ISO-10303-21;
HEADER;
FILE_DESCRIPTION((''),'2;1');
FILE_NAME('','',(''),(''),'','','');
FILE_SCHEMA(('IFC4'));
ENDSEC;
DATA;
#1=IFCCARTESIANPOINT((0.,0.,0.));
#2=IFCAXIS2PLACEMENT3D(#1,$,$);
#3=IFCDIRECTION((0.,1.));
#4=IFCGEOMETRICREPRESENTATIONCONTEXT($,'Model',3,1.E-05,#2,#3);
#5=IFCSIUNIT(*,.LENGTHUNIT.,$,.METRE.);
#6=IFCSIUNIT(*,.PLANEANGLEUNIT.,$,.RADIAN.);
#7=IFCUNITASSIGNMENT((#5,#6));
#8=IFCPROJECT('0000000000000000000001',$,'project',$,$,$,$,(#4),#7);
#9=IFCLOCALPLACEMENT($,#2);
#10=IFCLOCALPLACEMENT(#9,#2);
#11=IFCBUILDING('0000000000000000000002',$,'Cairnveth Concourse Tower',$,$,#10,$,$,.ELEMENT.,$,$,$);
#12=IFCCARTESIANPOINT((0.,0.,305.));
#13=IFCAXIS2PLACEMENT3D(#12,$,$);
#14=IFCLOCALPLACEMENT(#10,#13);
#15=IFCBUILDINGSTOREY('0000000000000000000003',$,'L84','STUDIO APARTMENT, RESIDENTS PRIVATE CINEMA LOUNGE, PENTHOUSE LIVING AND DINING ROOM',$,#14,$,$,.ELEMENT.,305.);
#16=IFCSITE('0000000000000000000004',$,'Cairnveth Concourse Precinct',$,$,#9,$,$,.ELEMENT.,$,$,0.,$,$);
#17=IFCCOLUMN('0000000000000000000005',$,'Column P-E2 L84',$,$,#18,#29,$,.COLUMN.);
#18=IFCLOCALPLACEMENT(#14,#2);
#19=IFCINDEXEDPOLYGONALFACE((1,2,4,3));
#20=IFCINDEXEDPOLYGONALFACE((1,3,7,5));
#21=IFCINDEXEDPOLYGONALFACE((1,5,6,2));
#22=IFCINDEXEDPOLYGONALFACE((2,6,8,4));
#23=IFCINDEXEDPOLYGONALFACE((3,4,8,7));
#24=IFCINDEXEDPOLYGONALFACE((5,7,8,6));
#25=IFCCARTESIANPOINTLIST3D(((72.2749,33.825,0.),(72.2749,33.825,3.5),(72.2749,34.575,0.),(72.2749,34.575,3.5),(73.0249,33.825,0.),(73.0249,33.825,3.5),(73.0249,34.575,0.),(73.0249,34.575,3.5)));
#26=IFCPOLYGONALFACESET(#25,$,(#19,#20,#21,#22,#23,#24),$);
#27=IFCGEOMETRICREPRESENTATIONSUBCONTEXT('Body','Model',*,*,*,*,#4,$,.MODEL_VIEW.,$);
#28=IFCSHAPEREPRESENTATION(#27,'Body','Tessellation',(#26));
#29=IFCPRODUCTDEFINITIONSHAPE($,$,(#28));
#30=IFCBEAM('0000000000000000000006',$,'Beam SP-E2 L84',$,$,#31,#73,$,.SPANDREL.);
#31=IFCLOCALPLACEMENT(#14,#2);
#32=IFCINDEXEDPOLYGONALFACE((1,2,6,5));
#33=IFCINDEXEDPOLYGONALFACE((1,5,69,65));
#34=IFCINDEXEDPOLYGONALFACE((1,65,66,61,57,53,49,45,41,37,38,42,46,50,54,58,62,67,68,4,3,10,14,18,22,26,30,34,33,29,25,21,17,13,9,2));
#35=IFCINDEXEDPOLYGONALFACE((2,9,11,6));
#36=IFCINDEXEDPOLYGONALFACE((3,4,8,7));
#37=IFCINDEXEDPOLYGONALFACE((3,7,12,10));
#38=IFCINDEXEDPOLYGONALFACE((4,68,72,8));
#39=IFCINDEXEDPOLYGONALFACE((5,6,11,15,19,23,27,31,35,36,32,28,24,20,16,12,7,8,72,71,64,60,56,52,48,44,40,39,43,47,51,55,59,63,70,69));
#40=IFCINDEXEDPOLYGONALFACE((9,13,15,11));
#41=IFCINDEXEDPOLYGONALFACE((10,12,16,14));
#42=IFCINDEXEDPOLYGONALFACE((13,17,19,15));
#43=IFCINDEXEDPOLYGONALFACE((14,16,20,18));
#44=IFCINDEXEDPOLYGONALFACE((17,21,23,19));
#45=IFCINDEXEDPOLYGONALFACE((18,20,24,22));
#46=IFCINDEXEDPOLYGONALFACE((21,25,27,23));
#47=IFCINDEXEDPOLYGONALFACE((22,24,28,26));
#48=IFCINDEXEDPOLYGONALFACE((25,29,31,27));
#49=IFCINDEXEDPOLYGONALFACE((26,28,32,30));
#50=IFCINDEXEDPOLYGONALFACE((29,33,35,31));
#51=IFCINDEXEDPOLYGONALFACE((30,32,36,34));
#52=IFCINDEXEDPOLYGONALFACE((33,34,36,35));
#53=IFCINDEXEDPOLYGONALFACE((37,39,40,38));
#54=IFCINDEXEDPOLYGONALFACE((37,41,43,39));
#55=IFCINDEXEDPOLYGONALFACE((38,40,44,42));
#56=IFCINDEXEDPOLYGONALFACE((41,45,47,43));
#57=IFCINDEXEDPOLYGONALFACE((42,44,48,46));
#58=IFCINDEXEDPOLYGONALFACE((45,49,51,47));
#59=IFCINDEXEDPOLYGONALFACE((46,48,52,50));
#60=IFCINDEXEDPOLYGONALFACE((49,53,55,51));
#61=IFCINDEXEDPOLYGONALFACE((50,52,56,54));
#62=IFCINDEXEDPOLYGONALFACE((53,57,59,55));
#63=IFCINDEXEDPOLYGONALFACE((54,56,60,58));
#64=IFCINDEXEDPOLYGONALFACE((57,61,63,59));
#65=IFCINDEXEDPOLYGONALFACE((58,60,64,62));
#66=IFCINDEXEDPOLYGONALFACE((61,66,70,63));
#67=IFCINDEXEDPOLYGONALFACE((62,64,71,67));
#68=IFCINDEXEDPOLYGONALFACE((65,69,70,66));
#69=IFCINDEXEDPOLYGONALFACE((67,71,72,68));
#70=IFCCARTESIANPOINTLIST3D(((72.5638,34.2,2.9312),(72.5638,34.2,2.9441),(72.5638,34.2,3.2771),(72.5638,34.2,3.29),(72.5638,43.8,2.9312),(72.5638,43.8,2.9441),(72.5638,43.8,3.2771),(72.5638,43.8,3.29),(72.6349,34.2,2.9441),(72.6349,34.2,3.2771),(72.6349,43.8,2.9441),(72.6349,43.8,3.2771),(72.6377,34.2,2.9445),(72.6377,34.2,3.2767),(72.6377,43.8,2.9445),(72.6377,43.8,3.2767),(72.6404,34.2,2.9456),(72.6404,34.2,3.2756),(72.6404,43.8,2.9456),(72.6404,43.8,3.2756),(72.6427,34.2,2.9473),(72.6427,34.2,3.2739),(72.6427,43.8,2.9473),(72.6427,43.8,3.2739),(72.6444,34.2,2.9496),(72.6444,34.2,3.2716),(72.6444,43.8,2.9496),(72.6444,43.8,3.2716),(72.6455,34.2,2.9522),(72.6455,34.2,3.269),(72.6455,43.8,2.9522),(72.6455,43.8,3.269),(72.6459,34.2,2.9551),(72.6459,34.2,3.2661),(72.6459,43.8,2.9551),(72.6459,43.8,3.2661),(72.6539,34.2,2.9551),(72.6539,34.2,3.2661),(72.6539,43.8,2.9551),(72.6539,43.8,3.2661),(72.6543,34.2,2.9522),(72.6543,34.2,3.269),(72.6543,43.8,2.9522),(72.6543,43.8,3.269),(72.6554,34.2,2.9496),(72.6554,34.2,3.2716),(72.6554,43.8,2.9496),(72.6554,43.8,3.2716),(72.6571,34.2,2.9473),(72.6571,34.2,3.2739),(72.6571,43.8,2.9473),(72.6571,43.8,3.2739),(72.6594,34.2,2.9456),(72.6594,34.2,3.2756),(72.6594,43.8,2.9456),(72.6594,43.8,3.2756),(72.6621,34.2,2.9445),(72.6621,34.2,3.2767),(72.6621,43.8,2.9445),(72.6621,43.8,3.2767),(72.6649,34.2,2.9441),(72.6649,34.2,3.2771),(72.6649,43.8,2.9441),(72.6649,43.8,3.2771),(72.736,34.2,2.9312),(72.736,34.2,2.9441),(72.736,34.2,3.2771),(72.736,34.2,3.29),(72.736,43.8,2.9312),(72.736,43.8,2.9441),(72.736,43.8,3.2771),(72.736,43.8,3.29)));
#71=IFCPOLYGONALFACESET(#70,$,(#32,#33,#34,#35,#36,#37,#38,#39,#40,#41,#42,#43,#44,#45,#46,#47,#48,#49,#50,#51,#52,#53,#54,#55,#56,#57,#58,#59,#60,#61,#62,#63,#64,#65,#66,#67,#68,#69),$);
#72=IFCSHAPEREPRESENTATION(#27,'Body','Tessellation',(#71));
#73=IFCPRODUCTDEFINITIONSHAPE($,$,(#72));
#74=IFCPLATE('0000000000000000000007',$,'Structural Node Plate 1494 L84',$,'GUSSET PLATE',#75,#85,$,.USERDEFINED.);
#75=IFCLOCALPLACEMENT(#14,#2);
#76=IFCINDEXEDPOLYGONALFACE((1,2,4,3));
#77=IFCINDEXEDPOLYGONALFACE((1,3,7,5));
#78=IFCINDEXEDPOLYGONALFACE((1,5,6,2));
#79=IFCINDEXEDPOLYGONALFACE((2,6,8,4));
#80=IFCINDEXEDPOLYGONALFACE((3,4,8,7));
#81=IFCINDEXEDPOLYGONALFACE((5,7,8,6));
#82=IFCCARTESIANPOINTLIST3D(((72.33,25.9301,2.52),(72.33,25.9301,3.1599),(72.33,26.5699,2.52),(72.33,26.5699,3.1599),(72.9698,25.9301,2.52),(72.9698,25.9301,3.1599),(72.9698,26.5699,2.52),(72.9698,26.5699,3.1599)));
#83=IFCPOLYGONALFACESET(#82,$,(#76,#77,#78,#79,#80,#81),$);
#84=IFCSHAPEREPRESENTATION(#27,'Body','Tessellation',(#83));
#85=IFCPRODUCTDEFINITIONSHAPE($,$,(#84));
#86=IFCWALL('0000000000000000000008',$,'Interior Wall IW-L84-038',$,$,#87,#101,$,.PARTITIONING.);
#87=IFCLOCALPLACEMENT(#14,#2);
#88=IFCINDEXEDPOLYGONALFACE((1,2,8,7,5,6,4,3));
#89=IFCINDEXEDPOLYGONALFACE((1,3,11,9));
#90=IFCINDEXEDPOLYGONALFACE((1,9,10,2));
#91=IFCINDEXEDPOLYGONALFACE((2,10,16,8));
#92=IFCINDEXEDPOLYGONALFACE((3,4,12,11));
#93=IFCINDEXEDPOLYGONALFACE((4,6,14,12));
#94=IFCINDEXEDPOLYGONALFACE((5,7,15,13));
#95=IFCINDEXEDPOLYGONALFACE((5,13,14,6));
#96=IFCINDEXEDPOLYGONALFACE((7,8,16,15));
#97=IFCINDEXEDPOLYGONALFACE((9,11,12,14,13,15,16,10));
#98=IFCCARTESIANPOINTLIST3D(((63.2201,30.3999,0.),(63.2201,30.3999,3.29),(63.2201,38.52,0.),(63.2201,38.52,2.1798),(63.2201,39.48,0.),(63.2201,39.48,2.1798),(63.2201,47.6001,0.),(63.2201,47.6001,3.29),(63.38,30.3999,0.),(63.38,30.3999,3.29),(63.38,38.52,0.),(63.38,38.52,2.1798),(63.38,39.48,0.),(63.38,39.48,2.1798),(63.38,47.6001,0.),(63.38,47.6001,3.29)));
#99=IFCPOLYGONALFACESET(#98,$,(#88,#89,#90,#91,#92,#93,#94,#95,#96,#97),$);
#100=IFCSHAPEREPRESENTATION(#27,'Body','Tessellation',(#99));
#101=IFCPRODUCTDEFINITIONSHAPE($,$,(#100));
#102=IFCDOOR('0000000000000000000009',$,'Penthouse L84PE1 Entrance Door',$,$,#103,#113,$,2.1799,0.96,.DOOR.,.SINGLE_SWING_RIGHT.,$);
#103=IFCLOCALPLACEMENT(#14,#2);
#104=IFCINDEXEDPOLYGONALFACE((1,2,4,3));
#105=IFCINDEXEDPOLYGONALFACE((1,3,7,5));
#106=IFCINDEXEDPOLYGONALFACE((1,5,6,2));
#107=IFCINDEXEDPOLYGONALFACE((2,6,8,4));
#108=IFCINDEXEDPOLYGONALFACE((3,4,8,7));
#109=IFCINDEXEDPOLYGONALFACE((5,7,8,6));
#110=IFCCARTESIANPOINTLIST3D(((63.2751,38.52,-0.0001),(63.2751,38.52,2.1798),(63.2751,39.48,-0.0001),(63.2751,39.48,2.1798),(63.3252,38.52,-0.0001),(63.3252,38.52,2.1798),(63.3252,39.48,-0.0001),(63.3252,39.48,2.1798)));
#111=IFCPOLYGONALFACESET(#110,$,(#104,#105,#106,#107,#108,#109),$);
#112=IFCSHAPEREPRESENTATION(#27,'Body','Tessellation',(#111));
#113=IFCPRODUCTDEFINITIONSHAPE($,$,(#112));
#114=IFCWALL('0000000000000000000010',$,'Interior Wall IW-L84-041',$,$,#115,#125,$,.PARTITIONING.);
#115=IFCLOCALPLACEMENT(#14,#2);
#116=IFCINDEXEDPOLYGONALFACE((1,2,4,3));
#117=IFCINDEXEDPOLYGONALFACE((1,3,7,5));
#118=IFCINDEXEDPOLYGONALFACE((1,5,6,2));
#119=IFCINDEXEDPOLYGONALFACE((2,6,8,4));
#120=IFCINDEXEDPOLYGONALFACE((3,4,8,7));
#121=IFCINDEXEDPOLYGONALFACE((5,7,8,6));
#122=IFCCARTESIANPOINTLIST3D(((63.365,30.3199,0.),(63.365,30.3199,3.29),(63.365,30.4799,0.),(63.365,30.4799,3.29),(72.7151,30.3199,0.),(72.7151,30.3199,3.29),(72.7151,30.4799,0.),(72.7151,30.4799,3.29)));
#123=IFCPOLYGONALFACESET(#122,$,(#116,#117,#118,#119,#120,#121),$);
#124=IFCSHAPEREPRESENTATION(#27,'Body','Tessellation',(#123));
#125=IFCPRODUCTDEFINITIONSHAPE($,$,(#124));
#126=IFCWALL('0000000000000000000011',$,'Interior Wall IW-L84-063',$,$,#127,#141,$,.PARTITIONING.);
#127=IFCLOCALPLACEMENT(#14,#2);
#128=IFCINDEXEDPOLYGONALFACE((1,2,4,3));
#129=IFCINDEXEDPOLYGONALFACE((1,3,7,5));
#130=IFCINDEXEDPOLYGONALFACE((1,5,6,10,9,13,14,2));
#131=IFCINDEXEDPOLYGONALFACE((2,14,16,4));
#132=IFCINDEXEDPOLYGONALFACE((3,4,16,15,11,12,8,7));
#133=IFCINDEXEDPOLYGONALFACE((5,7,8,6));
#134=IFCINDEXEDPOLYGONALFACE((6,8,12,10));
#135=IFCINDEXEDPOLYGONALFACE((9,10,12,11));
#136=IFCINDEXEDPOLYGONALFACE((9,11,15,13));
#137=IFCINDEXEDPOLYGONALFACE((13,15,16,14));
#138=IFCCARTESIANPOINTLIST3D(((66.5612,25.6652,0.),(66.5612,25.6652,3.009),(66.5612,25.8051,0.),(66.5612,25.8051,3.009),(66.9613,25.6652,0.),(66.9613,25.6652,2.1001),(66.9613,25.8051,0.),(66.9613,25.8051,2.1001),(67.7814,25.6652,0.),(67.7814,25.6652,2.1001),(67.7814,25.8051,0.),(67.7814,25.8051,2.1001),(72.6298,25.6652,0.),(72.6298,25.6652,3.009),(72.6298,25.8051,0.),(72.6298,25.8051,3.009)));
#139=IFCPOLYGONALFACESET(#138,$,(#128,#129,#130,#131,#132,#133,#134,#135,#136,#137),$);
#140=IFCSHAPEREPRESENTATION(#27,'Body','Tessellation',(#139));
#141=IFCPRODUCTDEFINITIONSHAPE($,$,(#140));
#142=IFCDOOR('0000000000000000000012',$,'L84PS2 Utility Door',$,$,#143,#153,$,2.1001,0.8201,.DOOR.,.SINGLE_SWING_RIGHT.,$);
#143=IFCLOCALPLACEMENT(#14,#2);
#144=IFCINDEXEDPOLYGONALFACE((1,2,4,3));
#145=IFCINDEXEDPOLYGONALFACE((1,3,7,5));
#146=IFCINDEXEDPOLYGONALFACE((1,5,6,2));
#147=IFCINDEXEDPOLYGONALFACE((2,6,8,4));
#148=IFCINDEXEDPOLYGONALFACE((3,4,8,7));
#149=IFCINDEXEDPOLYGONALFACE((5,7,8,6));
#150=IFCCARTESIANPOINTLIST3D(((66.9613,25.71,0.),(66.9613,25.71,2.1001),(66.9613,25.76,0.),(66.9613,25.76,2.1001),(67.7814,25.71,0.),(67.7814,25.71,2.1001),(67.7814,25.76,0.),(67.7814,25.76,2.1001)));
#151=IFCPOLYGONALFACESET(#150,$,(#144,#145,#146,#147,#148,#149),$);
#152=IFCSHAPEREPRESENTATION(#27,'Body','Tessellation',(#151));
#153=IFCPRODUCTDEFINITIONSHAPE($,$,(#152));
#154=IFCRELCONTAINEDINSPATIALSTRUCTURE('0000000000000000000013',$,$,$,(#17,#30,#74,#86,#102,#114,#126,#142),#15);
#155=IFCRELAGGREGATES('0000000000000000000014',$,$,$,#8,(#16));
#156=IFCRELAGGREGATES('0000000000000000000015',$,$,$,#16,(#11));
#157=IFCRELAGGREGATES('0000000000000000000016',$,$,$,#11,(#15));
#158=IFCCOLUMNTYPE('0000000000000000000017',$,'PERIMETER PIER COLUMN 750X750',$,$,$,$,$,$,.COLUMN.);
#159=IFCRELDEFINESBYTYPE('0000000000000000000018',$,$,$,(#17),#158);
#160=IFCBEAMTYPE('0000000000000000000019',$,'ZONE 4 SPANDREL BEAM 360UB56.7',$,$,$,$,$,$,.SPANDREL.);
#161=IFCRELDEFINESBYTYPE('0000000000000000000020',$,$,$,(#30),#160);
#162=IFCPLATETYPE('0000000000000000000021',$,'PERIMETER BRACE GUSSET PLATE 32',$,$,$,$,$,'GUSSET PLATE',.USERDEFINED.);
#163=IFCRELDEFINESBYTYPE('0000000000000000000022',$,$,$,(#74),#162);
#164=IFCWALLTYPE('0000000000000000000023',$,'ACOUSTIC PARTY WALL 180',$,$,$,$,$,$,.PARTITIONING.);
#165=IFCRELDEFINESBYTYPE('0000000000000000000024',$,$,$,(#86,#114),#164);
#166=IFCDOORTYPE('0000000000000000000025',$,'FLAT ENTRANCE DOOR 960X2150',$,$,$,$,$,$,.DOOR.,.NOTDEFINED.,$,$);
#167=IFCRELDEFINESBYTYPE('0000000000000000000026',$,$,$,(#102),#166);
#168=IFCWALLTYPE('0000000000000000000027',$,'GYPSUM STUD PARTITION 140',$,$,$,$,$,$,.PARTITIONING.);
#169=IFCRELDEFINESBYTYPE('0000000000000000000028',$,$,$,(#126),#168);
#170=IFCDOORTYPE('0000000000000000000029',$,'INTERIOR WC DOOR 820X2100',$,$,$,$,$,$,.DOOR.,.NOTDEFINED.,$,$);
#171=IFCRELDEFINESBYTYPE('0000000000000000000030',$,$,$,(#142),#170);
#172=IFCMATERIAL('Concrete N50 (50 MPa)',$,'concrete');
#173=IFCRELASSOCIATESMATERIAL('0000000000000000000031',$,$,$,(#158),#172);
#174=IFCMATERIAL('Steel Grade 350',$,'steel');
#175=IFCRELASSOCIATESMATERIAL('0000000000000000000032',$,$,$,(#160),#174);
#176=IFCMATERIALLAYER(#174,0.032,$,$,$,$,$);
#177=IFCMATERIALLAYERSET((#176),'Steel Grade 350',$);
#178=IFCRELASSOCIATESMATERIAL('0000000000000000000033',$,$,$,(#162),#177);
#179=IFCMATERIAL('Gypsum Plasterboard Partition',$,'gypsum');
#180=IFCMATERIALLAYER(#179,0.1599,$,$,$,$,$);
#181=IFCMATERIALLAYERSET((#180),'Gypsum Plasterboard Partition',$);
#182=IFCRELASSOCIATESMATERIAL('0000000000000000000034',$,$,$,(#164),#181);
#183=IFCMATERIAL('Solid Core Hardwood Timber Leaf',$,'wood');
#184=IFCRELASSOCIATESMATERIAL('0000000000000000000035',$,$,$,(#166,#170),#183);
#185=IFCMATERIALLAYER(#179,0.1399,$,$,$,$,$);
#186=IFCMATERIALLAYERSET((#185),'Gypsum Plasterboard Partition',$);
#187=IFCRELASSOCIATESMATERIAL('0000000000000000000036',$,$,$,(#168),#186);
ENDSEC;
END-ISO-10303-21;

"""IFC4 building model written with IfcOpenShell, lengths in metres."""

from ifc_helpers import new_model, si_unit, direction, frame, frame_2d, origin, origin_2d, place, context, subcontext, project, spatial, rectangle, i_section, extrude, material, layer, layer_set, material_profile, profile_set, type_object, element, fill, save


model = new_model("IFC4")

# Units and contexts
model_context = context("Model", 3, precision=1e-05, world=origin(), true_north=direction((0.0, 1.0)))
body_context = subcontext(model_context, "Body", "Model", "MODEL_VIEW")
ifc_project = project(units=[si_unit("LENGTHUNIT", "METRE"), si_unit("PLANEANGLEUNIT", "RADIAN")], contexts=[model_context])

# Site, building, storey
site_placement = place(None, origin())
site = spatial("IfcSite", under=ifc_project, at=site_placement, Name="Cairnveth Concourse Precinct", CompositionType="ELEMENT", RefElevation=0.0)
building_placement = place(site_placement, origin())
building = spatial("IfcBuilding", under=site, at=building_placement, Name="Cairnveth Concourse Tower", CompositionType="ELEMENT")
storey_placement = place(building_placement, frame((0.0, 0.0, 305.0)))
storey = spatial("IfcBuildingStorey", under=building, at=storey_placement, Name="L84", Description="STUDIO APARTMENT, RESIDENTS PRIVATE CINEMA LOUNGE, PENTHOUSE LIVING AND DINING ROOM", CompositionType="ELEMENT", Elevation=305.0)

# Column
ifc_material_1 = material(Name="Concrete N50 (50 MPa)", Category="concrete")
ifc_material_profile_1 = material_profile(ifc_material_1, rectangle(XDim=0.75, YDim=0.75, at=origin_2d()), Name="RC-COL-750x750")
ifc_profile_set_1 = profile_set([ifc_material_profile_1], Name="Concrete N50 (50 MPa)")
column_type = type_object("IfcColumnType", Name="PERIMETER PIER COLUMN 750X750", PredefinedType="COLUMN", material=ifc_profile_set_1)
column_placement = place(storey_placement, frame((72.6499, 34.2, 0.0), z_axis=(0.0, 0.0, 1.0), x_axis=(0.0, 1.0, 0.0)))
element("IfcColumn", 1, at=column_placement, inside=storey, type_object=column_type, Name="Column P-E2 L84", PredefinedType="COLUMN", context=body_context, shape_type="SweptSolid", body=[
    extrude(rectangle(XDim=0.75, YDim=0.75, at=origin_2d()), origin(), (0.0, 0.0, 1.0), 3.5),
])

# Beam
ifc_material_2 = material(Name="Steel Grade 350", Category="steel")
ifc_material_profile_2 = material_profile(ifc_material_2, i_section(OverallWidth=0.1721, OverallDepth=0.3589, WebThickness=0.0081, FlangeThickness=0.0129, FilletRadius=0.011, at=origin_2d()), Name="360UB56.7")
ifc_profile_set_2 = profile_set([ifc_material_profile_2], Name="Steel Grade 350")
beam_type = type_object("IfcBeamType", Name="ZONE 4 SPANDREL BEAM 360UB56.7", PredefinedType="SPANDREL", material=ifc_profile_set_2)
beam_placement = place(storey_placement, frame((72.6499, 34.2, 3.1106), z_axis=(0.0, 1.0, 0.0), x_axis=(-1.0, 0.0, 0.0)))
element("IfcBeam", 2, at=beam_placement, inside=storey, type_object=beam_type, Name="Beam SP-E2 L84", PredefinedType="SPANDREL", context=body_context, shape_type="SweptSolid", body=[
    extrude(i_section(OverallWidth=0.1721, OverallDepth=0.3589, WebThickness=0.0081, FlangeThickness=0.0129, FilletRadius=0.011, at=origin_2d()), origin(), (0.0, 0.0, 1.0), 9.6001),
])

# Plate
ifc_layer_1 = layer(ifc_material_2, 0.032)
ifc_layer_set_1 = layer_set([ifc_layer_1], Name="Steel Grade 350")
plate_type = type_object("IfcPlateType", Name="PERIMETER BRACE GUSSET PLATE 32", ElementType="GUSSET PLATE", PredefinedType="USERDEFINED", material=ifc_layer_set_1)
plate_placement = place(storey_placement, frame((72.6499, 26.25, 2.52), z_axis=(0.0, 0.0, 1.0), x_axis=(1.0, 0.0, 0.0)))
element("IfcPlate", 3, at=plate_placement, inside=storey, type_object=plate_type, Name="Structural Node Plate 1494 L84", ObjectType="GUSSET PLATE", PredefinedType="USERDEFINED", context=body_context, shape_type="SweptSolid", body=[
    extrude(rectangle(XDim=0.6399, YDim=0.6399, at=origin_2d()), origin(), (0.0, 0.0, 1.0), 0.6399),
])

# Wall, opening, door
ifc_material_3 = material(Name="Gypsum Plasterboard Partition", Category="gypsum")
ifc_layer_2 = layer(ifc_material_3, 0.1599)
ifc_layer_set_2 = layer_set([ifc_layer_2], Name="Gypsum Plasterboard Partition")
wall_type_1 = type_object("IfcWallType", Name="ACOUSTIC PARTY WALL 180", PredefinedType="PARTITIONING", material=ifc_layer_set_2)
wall_1_placement = place(storey_placement, frame((63.3, 30.3999, 0.0), z_axis=(0.0, 0.0, 1.0), x_axis=(0.0, 1.0, 0.0)))
wall_1 = element("IfcWall", 4, at=wall_1_placement, inside=storey, type_object=wall_type_1, Name="Interior Wall IW-L84-038", PredefinedType="PARTITIONING", context=body_context, shape_type="SweptSolid", body=[
    extrude(rectangle(XDim=17.2002, YDim=0.1599, at=frame_2d((8.6001, 0.0))), origin(), (0.0, 0.0, 1.0), 3.29),
])
opening_1_placement = place(wall_1_placement, frame((8.1201, 0.0, 0.0)))
opening_1 = element("IfcOpeningElement", 5, at=opening_1_placement, cuts=wall_1, PredefinedType="OPENING", context=body_context, shape_type="SweptSolid", body=[
    extrude(rectangle(XDim=0.96, YDim=2.1799, at=frame_2d((0.48, 1.0898))), frame((0.0, 0.0898, 0.0), z_axis=(0.0, -1.0, 0.0), x_axis=(1.0, 0.0, 0.0)), (0.0, 0.0, 1.0), 0.1799),
])
ifc_material_4 = material(Name="Solid Core Hardwood Timber Leaf", Category="wood")
door_type_1 = type_object("IfcDoorType", Name="FLAT ENTRANCE DOOR 960X2150", OperationType="NOTDEFINED", PredefinedType="DOOR", material=ifc_material_4)
door_1_placement = place(opening_1_placement, origin())
door_1 = element("IfcDoor", 6, at=door_1_placement, inside=storey, type_object=door_type_1, Name="Penthouse L84PE1 Entrance Door", OperationType="SINGLE_SWING_RIGHT", OverallHeight=2.1799, OverallWidth=0.96, PredefinedType="DOOR", context=body_context, shape_type="SweptSolid", body=[
    extrude(rectangle(XDim=0.96, YDim=2.1799, at=frame_2d((0.48, 1.0898))), frame((0.0, 0.0249, 0.0), z_axis=(0.0, -1.0, 0.0), x_axis=(1.0, 0.0, 0.0)), (0.0, 0.0, 1.0), 0.05),
])
fill(opening_1, door_1)

# Wall
wall_2_placement = place(storey_placement, frame((63.365, 30.3999, 0.0), z_axis=(0.0, 0.0, 1.0), x_axis=(1.0, 0.0, 0.0)))
element("IfcWall", 7, at=wall_2_placement, inside=storey, type_object=wall_type_1, Name="Interior Wall IW-L84-041", PredefinedType="PARTITIONING", context=body_context, shape_type="SweptSolid", body=[
    extrude(rectangle(XDim=9.3501, YDim=0.1599, at=frame_2d((4.675, 0.0))), origin(), (0.0, 0.0, 1.0), 3.29),
])

# Wall, opening, door
ifc_layer_3 = layer(ifc_material_3, 0.1399)
ifc_layer_set_3 = layer_set([ifc_layer_3], Name="Gypsum Plasterboard Partition")
wall_type_2 = type_object("IfcWallType", Name="GYPSUM STUD PARTITION 140", PredefinedType="PARTITIONING", material=ifc_layer_set_3)
wall_3_placement = place(storey_placement, frame((66.5613, 25.7351, 0.0), z_axis=(0.0, 0.0, 1.0), x_axis=(1.0, 0.0, 0.0)))
wall_3 = element("IfcWall", 8, at=wall_3_placement, inside=storey, type_object=wall_type_2, Name="Interior Wall IW-L84-063", PredefinedType="PARTITIONING", context=body_context, shape_type="SweptSolid", body=[
    extrude(rectangle(XDim=6.0686, YDim=0.1399, at=frame_2d((3.0342, 0.0))), origin(), (0.0, 0.0, 1.0), 3.009),
])
opening_2_placement = place(wall_3_placement, frame((0.3999, 0.0, 0.0)))
opening_2 = element("IfcOpeningElement", 9, at=opening_2_placement, cuts=wall_3, PredefinedType="OPENING", context=body_context, shape_type="SweptSolid", body=[
    extrude(rectangle(XDim=0.8201, YDim=2.1001, at=frame_2d((0.4102, 1.05))), frame((0.0, 0.0798, 0.0), z_axis=(0.0, -1.0, 0.0), x_axis=(1.0, 0.0, 0.0)), (0.0, 0.0, 1.0), 0.1599),
])
door_type_2 = type_object("IfcDoorType", Name="INTERIOR WC DOOR 820X2100", OperationType="NOTDEFINED", PredefinedType="DOOR", material=ifc_material_4)
door_2_placement = place(opening_2_placement, origin())
door_2 = element("IfcDoor", 10, at=door_2_placement, inside=storey, type_object=door_type_2, Name="L84PS2 Utility Door", OperationType="SINGLE_SWING_RIGHT", OverallHeight=2.1001, OverallWidth=0.8201, PredefinedType="DOOR", context=body_context, shape_type="SweptSolid", body=[
    extrude(rectangle(XDim=0.8201, YDim=2.1001, at=frame_2d((0.4102, 1.05))), frame((0.0, 0.0249, 0.0), z_axis=(0.0, -1.0, 0.0), x_axis=(1.0, 0.0, 0.0)), (0.0, 0.0, 1.0), 0.05),
])
fill(opening_2, door_2)

save(model, "model.ifc")
